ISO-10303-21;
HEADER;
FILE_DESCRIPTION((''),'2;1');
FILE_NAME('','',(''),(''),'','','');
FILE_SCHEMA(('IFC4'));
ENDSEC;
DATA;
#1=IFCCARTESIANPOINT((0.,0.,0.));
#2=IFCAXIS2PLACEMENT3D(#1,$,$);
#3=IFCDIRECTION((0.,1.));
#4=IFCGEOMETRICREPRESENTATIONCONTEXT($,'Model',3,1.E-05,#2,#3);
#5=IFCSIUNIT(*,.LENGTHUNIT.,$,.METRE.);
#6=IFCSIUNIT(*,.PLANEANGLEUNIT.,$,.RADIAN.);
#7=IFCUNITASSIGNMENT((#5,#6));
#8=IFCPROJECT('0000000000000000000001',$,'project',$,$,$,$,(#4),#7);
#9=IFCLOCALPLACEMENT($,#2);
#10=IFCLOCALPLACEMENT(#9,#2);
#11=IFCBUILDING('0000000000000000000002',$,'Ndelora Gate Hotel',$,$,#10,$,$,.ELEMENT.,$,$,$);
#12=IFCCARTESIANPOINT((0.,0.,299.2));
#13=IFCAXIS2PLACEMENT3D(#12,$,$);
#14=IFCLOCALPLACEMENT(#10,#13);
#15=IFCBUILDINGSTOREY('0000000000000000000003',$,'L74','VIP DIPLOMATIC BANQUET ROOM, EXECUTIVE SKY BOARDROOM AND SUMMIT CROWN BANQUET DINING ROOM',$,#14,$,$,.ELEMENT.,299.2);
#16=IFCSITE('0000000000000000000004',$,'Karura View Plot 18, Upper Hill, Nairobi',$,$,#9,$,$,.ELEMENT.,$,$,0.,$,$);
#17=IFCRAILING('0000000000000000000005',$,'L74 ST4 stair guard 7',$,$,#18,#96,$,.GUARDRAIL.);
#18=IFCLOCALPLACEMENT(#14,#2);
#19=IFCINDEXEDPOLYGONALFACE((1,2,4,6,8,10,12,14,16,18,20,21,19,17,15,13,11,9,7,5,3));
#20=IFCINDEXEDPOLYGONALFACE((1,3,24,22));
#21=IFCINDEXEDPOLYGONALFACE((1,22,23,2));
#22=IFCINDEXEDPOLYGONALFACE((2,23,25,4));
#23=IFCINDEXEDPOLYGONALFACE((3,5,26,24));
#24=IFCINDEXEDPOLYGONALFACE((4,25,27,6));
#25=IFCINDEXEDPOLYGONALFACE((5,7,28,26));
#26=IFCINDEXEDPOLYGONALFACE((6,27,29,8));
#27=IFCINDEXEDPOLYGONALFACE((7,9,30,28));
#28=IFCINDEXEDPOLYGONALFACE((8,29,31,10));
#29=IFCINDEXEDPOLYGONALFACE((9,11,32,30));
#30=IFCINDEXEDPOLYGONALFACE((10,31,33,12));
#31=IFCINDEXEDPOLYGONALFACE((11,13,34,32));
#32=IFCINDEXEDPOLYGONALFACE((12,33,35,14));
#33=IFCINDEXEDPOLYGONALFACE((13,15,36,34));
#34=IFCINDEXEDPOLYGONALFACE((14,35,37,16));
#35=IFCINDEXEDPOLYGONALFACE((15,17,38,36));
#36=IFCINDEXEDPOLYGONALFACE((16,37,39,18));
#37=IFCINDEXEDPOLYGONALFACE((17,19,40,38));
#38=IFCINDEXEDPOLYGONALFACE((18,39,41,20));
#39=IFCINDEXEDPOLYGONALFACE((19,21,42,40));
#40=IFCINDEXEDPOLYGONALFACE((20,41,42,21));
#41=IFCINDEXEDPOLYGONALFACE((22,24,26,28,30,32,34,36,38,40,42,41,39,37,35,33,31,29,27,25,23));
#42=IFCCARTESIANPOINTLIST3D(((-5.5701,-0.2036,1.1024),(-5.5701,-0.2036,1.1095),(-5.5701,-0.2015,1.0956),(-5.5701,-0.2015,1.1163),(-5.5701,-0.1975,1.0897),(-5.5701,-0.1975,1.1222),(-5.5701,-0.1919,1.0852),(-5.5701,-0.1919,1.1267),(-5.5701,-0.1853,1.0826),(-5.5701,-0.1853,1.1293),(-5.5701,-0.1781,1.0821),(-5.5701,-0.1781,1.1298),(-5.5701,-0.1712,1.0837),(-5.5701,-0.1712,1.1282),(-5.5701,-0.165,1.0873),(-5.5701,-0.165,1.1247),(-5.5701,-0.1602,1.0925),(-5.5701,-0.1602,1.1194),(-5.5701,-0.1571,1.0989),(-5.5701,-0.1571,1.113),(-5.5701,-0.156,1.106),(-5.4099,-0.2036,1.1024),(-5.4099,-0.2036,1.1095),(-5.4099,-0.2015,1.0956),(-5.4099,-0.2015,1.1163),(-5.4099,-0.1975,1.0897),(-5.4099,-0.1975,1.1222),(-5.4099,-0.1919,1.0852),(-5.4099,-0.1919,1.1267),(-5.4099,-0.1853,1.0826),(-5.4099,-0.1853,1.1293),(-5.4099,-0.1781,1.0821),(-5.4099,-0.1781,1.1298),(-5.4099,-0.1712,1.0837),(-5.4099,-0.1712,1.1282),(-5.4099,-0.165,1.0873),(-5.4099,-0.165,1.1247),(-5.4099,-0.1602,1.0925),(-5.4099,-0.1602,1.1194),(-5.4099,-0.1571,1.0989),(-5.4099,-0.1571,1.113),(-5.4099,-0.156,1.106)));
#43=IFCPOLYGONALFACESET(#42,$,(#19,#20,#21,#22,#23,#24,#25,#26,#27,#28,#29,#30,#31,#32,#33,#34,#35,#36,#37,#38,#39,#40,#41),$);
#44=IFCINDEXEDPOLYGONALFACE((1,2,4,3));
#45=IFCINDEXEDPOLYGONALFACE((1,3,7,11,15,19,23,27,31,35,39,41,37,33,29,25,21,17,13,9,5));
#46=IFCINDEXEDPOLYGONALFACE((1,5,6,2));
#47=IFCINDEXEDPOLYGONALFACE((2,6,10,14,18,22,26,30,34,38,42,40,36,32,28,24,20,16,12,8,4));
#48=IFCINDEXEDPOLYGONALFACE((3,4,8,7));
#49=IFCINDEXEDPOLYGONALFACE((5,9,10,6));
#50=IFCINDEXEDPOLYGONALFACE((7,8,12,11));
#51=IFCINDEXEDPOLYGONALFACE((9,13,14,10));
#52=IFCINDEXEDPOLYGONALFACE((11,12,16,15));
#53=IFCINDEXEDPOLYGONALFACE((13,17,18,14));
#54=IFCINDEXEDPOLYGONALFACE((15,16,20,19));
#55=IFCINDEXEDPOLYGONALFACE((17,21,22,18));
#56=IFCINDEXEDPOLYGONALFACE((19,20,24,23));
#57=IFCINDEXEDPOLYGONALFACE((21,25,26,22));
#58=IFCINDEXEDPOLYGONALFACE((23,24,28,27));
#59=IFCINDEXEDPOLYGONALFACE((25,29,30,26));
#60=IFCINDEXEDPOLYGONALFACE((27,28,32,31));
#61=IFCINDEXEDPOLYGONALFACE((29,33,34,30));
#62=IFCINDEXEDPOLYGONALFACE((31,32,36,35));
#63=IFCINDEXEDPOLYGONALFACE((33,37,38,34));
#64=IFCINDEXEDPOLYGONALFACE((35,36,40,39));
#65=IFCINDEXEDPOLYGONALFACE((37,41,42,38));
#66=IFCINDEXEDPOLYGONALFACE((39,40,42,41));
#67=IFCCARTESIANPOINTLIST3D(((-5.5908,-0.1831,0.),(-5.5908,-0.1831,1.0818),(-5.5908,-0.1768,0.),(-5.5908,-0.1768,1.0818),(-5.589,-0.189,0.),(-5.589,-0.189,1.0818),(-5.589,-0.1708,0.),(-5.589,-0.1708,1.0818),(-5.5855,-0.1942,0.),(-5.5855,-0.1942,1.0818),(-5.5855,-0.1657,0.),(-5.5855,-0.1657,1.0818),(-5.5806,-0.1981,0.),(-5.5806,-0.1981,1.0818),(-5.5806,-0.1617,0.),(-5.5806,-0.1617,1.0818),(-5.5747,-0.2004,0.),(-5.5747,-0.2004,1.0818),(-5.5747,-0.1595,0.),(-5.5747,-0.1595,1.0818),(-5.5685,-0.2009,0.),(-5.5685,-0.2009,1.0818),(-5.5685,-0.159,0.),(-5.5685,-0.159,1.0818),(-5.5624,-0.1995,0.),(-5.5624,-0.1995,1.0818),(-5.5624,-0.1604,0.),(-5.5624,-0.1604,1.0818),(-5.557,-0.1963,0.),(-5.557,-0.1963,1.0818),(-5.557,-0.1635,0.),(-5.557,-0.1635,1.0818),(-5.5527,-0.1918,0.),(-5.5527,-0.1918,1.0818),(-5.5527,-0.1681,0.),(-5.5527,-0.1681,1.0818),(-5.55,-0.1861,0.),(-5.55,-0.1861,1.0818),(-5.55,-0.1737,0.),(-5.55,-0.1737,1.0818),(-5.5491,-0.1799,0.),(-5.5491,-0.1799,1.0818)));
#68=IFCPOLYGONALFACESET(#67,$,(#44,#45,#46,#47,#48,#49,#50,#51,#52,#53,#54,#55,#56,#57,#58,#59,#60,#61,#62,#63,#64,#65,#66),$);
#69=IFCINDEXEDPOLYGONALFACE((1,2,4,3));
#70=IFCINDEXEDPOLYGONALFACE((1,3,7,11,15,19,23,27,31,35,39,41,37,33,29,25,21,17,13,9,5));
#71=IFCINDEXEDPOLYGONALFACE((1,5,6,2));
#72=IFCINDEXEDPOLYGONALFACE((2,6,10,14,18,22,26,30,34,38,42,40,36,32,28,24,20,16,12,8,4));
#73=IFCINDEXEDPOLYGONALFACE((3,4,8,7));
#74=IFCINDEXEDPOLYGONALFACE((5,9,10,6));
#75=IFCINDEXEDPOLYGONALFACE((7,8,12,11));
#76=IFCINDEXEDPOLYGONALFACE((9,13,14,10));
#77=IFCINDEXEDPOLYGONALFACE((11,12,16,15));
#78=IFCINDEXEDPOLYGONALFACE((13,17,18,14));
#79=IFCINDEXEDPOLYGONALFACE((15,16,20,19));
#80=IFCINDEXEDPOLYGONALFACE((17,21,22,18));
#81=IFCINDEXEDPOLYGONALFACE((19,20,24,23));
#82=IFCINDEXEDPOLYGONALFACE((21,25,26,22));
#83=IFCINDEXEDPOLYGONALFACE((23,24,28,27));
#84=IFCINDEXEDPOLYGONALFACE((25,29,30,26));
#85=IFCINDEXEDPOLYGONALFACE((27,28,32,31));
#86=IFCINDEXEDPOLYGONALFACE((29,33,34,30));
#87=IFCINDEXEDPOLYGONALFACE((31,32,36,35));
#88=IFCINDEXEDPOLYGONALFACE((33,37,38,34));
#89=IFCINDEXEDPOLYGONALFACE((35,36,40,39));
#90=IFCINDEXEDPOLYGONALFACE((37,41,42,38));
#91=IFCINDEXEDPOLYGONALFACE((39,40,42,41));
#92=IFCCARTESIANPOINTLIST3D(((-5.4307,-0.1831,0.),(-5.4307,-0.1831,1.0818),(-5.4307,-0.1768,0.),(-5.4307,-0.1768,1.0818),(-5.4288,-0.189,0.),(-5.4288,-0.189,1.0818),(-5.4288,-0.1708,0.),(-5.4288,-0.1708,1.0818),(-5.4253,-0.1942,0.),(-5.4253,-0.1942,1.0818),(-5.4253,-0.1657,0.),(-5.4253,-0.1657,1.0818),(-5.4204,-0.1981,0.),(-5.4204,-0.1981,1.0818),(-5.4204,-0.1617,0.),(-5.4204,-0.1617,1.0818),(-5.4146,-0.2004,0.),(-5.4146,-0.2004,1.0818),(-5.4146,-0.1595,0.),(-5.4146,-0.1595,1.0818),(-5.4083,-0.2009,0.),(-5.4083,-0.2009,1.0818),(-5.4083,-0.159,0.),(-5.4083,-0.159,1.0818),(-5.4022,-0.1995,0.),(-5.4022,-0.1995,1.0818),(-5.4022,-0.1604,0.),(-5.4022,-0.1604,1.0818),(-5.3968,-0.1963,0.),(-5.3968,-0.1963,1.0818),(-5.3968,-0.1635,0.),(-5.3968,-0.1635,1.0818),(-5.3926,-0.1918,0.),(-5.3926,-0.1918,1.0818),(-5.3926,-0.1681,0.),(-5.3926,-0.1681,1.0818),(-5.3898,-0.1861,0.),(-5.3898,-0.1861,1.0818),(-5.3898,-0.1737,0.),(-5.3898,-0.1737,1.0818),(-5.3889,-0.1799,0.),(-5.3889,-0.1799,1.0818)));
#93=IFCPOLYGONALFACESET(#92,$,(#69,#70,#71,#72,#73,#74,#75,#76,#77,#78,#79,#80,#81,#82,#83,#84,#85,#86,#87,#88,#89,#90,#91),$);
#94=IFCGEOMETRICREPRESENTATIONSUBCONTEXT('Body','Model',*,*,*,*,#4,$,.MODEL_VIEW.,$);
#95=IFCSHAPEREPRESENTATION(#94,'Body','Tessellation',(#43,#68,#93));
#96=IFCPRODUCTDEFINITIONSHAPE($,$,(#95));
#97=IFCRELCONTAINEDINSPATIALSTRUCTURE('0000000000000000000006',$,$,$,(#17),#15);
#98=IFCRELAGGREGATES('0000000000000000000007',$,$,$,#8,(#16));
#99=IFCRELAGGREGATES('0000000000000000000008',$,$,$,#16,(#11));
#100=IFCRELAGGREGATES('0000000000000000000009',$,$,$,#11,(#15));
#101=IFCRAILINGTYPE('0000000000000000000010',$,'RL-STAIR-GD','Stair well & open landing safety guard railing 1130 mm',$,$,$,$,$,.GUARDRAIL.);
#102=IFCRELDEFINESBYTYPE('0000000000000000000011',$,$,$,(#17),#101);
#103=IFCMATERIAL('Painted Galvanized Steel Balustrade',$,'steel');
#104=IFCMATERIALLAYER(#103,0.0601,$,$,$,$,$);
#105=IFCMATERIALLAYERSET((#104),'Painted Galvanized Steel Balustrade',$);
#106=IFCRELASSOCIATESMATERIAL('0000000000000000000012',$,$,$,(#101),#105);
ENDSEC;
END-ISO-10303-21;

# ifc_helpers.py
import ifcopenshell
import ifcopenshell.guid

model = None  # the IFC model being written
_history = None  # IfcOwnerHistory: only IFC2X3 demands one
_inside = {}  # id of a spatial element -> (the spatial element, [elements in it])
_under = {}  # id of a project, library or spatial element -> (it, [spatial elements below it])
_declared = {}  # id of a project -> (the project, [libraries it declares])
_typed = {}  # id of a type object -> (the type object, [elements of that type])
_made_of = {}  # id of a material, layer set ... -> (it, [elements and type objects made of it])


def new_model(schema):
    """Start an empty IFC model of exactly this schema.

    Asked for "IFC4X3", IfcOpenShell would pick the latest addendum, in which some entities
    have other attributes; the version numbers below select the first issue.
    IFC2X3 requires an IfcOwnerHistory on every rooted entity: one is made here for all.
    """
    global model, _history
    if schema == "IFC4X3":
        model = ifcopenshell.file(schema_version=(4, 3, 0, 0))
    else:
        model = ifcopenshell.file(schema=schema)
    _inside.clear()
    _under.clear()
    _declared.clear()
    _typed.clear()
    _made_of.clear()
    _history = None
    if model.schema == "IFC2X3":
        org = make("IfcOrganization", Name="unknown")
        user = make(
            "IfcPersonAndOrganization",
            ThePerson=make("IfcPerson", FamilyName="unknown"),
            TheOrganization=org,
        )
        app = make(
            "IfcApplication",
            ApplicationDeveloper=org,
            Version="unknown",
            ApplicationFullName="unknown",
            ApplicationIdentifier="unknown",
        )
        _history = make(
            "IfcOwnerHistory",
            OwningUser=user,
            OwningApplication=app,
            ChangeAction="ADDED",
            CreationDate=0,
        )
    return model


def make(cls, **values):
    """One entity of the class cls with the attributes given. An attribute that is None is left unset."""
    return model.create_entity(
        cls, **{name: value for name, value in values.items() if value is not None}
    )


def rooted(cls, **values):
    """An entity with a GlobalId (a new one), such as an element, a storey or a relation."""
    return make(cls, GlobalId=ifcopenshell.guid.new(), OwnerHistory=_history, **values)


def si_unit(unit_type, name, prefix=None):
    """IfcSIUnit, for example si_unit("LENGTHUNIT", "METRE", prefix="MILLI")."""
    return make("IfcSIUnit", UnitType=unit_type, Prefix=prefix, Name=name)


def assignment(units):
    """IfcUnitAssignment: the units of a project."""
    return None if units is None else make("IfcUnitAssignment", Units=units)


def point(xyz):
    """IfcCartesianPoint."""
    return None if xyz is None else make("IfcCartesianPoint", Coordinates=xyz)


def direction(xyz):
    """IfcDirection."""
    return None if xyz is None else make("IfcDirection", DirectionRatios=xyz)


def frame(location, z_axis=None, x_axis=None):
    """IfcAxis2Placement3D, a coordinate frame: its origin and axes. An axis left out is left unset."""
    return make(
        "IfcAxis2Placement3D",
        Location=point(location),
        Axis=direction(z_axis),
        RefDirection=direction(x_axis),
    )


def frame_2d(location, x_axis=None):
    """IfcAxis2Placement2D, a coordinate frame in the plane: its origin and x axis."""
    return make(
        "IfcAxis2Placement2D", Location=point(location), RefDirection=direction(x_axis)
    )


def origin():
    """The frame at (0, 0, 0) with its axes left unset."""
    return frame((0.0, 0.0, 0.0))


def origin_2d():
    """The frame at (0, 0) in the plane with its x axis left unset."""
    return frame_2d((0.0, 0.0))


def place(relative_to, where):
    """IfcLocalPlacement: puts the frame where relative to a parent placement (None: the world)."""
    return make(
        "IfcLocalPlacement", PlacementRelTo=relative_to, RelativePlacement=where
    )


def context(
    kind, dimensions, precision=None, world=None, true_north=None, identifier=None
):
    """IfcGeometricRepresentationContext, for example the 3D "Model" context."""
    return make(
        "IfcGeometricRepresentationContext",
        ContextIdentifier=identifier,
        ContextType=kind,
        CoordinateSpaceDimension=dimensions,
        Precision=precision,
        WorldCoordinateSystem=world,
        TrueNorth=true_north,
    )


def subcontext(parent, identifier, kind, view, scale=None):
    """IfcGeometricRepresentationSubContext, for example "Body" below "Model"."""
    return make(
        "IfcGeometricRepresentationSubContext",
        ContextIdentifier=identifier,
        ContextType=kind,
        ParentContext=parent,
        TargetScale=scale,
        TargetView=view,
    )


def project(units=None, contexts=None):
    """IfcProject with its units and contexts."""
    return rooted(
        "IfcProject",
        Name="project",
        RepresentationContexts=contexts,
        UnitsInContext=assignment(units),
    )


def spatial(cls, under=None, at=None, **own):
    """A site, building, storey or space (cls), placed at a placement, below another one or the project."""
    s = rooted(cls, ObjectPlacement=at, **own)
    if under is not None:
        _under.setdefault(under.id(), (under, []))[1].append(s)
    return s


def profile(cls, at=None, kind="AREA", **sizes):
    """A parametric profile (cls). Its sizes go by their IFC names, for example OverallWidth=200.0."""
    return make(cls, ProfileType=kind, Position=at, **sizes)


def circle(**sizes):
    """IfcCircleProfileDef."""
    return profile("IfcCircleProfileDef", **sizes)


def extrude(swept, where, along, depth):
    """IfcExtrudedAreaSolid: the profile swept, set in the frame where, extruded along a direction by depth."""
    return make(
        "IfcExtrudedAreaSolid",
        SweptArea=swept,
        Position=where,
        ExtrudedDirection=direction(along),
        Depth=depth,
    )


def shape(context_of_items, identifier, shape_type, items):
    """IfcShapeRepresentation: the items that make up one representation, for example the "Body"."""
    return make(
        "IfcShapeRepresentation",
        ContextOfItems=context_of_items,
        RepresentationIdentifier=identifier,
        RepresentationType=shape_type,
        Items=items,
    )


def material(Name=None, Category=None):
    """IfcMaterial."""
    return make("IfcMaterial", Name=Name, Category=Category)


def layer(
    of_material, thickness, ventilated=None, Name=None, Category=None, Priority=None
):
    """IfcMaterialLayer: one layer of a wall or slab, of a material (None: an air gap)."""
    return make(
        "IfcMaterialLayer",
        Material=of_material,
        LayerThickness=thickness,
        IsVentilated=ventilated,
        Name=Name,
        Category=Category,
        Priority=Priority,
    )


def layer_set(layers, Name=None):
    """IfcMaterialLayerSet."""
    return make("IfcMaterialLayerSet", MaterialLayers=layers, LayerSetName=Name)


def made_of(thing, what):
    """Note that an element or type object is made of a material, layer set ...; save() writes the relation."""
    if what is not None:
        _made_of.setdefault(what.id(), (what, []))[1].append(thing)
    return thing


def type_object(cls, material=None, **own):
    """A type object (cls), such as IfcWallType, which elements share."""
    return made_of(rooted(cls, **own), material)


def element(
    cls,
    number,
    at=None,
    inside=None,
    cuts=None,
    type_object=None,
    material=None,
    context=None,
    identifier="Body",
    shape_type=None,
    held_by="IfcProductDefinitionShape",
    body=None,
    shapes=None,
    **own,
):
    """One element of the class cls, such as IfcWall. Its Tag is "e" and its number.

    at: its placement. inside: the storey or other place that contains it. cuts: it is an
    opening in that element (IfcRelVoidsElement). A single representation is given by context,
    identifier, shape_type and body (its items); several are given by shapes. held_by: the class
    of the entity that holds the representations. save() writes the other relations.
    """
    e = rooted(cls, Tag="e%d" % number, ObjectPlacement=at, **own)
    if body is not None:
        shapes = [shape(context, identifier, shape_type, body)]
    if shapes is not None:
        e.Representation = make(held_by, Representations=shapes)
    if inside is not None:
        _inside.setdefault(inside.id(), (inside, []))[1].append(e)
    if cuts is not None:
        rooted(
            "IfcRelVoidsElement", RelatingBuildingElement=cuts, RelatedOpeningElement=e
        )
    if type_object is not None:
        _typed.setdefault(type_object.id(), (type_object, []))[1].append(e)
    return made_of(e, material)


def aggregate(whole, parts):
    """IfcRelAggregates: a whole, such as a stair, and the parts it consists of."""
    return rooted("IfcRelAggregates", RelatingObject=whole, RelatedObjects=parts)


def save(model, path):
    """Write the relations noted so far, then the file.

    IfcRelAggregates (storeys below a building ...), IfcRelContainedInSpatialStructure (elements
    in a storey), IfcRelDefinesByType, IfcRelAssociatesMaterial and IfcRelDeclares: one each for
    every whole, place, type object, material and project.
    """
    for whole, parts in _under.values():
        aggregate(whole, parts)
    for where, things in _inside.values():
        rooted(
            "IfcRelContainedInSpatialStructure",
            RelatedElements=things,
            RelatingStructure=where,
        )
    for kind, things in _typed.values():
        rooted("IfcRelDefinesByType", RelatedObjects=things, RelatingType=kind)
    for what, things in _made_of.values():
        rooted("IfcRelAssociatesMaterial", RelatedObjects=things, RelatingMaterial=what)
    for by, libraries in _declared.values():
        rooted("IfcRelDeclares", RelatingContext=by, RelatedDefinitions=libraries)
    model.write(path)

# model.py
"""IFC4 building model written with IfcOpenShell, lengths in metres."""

from ifc_helpers import new_model, si_unit, direction, frame, origin, origin_2d, place, context, subcontext, project, spatial, circle, extrude, material, layer, layer_set, type_object, element, save


model = new_model("IFC4")

# Units and contexts
model_context = context("Model", 3, precision=1e-05, world=origin(), true_north=direction((0.0, 1.0)))
body_context = subcontext(model_context, "Body", "Model", "MODEL_VIEW")
ifc_project = project(units=[si_unit("LENGTHUNIT", "METRE"), si_unit("PLANEANGLEUNIT", "RADIAN")], contexts=[model_context])

# Site, building, storey
site_placement = place(None, origin())
site = spatial("IfcSite", under=ifc_project, at=site_placement, Name="Karura View Plot 18, Upper Hill, Nairobi", CompositionType="ELEMENT", RefElevation=0.0)
building_placement = place(site_placement, origin())
building = spatial("IfcBuilding", under=site, at=building_placement, Name="Ndelora Gate Hotel", CompositionType="ELEMENT")
storey_placement = place(building_placement, frame((0.0, 0.0, 299.2)))
storey = spatial("IfcBuildingStorey", under=building, at=storey_placement, Name="L74", Description="VIP DIPLOMATIC BANQUET ROOM, EXECUTIVE SKY BOARDROOM AND SUMMIT CROWN BANQUET DINING ROOM", CompositionType="ELEMENT", Elevation=299.2)

# Railing
ifc_material_1 = material(Name="Painted Galvanized Steel Balustrade", Category="steel")
ifc_layer_1 = layer(ifc_material_1, 0.0601)
ifc_layer_set_1 = layer_set([ifc_layer_1], Name="Painted Galvanized Steel Balustrade")
railing_type_1 = type_object("IfcRailingType", Name="RL-STAIR-GD", Description="Stair well & open landing safety guard railing 1130 mm", PredefinedType="GUARDRAIL", material=ifc_layer_set_1)
railing_1_placement = place(storey_placement, frame((-5.5701, -0.1799, 0.0)))
element("IfcRailing", 1, at=railing_1_placement, inside=storey, type_object=railing_type_1, Name="L74 ST4 stair guard 7", PredefinedType="GUARDRAIL", context=body_context, shape_type="SweptSolid", body=[
    extrude(circle(Radius=0.0239, at=origin_2d()), frame((0.0, 0.0, 1.106), z_axis=(1.0, 0.0, 0.0), x_axis=(0.0, 1.0, 0.0)), (0.0, 0.0, 1.0), 0.1602),
    extrude(circle(Radius=0.021, at=origin_2d()), origin(), (0.0, 0.0, 1.0), 1.0818),
    extrude(circle(Radius=0.021, at=origin_2d()), frame((0.1602, 0.0, 0.0)), (0.0, 0.0, 1.0), 1.0818),
])

save(model, "model.ifc")
